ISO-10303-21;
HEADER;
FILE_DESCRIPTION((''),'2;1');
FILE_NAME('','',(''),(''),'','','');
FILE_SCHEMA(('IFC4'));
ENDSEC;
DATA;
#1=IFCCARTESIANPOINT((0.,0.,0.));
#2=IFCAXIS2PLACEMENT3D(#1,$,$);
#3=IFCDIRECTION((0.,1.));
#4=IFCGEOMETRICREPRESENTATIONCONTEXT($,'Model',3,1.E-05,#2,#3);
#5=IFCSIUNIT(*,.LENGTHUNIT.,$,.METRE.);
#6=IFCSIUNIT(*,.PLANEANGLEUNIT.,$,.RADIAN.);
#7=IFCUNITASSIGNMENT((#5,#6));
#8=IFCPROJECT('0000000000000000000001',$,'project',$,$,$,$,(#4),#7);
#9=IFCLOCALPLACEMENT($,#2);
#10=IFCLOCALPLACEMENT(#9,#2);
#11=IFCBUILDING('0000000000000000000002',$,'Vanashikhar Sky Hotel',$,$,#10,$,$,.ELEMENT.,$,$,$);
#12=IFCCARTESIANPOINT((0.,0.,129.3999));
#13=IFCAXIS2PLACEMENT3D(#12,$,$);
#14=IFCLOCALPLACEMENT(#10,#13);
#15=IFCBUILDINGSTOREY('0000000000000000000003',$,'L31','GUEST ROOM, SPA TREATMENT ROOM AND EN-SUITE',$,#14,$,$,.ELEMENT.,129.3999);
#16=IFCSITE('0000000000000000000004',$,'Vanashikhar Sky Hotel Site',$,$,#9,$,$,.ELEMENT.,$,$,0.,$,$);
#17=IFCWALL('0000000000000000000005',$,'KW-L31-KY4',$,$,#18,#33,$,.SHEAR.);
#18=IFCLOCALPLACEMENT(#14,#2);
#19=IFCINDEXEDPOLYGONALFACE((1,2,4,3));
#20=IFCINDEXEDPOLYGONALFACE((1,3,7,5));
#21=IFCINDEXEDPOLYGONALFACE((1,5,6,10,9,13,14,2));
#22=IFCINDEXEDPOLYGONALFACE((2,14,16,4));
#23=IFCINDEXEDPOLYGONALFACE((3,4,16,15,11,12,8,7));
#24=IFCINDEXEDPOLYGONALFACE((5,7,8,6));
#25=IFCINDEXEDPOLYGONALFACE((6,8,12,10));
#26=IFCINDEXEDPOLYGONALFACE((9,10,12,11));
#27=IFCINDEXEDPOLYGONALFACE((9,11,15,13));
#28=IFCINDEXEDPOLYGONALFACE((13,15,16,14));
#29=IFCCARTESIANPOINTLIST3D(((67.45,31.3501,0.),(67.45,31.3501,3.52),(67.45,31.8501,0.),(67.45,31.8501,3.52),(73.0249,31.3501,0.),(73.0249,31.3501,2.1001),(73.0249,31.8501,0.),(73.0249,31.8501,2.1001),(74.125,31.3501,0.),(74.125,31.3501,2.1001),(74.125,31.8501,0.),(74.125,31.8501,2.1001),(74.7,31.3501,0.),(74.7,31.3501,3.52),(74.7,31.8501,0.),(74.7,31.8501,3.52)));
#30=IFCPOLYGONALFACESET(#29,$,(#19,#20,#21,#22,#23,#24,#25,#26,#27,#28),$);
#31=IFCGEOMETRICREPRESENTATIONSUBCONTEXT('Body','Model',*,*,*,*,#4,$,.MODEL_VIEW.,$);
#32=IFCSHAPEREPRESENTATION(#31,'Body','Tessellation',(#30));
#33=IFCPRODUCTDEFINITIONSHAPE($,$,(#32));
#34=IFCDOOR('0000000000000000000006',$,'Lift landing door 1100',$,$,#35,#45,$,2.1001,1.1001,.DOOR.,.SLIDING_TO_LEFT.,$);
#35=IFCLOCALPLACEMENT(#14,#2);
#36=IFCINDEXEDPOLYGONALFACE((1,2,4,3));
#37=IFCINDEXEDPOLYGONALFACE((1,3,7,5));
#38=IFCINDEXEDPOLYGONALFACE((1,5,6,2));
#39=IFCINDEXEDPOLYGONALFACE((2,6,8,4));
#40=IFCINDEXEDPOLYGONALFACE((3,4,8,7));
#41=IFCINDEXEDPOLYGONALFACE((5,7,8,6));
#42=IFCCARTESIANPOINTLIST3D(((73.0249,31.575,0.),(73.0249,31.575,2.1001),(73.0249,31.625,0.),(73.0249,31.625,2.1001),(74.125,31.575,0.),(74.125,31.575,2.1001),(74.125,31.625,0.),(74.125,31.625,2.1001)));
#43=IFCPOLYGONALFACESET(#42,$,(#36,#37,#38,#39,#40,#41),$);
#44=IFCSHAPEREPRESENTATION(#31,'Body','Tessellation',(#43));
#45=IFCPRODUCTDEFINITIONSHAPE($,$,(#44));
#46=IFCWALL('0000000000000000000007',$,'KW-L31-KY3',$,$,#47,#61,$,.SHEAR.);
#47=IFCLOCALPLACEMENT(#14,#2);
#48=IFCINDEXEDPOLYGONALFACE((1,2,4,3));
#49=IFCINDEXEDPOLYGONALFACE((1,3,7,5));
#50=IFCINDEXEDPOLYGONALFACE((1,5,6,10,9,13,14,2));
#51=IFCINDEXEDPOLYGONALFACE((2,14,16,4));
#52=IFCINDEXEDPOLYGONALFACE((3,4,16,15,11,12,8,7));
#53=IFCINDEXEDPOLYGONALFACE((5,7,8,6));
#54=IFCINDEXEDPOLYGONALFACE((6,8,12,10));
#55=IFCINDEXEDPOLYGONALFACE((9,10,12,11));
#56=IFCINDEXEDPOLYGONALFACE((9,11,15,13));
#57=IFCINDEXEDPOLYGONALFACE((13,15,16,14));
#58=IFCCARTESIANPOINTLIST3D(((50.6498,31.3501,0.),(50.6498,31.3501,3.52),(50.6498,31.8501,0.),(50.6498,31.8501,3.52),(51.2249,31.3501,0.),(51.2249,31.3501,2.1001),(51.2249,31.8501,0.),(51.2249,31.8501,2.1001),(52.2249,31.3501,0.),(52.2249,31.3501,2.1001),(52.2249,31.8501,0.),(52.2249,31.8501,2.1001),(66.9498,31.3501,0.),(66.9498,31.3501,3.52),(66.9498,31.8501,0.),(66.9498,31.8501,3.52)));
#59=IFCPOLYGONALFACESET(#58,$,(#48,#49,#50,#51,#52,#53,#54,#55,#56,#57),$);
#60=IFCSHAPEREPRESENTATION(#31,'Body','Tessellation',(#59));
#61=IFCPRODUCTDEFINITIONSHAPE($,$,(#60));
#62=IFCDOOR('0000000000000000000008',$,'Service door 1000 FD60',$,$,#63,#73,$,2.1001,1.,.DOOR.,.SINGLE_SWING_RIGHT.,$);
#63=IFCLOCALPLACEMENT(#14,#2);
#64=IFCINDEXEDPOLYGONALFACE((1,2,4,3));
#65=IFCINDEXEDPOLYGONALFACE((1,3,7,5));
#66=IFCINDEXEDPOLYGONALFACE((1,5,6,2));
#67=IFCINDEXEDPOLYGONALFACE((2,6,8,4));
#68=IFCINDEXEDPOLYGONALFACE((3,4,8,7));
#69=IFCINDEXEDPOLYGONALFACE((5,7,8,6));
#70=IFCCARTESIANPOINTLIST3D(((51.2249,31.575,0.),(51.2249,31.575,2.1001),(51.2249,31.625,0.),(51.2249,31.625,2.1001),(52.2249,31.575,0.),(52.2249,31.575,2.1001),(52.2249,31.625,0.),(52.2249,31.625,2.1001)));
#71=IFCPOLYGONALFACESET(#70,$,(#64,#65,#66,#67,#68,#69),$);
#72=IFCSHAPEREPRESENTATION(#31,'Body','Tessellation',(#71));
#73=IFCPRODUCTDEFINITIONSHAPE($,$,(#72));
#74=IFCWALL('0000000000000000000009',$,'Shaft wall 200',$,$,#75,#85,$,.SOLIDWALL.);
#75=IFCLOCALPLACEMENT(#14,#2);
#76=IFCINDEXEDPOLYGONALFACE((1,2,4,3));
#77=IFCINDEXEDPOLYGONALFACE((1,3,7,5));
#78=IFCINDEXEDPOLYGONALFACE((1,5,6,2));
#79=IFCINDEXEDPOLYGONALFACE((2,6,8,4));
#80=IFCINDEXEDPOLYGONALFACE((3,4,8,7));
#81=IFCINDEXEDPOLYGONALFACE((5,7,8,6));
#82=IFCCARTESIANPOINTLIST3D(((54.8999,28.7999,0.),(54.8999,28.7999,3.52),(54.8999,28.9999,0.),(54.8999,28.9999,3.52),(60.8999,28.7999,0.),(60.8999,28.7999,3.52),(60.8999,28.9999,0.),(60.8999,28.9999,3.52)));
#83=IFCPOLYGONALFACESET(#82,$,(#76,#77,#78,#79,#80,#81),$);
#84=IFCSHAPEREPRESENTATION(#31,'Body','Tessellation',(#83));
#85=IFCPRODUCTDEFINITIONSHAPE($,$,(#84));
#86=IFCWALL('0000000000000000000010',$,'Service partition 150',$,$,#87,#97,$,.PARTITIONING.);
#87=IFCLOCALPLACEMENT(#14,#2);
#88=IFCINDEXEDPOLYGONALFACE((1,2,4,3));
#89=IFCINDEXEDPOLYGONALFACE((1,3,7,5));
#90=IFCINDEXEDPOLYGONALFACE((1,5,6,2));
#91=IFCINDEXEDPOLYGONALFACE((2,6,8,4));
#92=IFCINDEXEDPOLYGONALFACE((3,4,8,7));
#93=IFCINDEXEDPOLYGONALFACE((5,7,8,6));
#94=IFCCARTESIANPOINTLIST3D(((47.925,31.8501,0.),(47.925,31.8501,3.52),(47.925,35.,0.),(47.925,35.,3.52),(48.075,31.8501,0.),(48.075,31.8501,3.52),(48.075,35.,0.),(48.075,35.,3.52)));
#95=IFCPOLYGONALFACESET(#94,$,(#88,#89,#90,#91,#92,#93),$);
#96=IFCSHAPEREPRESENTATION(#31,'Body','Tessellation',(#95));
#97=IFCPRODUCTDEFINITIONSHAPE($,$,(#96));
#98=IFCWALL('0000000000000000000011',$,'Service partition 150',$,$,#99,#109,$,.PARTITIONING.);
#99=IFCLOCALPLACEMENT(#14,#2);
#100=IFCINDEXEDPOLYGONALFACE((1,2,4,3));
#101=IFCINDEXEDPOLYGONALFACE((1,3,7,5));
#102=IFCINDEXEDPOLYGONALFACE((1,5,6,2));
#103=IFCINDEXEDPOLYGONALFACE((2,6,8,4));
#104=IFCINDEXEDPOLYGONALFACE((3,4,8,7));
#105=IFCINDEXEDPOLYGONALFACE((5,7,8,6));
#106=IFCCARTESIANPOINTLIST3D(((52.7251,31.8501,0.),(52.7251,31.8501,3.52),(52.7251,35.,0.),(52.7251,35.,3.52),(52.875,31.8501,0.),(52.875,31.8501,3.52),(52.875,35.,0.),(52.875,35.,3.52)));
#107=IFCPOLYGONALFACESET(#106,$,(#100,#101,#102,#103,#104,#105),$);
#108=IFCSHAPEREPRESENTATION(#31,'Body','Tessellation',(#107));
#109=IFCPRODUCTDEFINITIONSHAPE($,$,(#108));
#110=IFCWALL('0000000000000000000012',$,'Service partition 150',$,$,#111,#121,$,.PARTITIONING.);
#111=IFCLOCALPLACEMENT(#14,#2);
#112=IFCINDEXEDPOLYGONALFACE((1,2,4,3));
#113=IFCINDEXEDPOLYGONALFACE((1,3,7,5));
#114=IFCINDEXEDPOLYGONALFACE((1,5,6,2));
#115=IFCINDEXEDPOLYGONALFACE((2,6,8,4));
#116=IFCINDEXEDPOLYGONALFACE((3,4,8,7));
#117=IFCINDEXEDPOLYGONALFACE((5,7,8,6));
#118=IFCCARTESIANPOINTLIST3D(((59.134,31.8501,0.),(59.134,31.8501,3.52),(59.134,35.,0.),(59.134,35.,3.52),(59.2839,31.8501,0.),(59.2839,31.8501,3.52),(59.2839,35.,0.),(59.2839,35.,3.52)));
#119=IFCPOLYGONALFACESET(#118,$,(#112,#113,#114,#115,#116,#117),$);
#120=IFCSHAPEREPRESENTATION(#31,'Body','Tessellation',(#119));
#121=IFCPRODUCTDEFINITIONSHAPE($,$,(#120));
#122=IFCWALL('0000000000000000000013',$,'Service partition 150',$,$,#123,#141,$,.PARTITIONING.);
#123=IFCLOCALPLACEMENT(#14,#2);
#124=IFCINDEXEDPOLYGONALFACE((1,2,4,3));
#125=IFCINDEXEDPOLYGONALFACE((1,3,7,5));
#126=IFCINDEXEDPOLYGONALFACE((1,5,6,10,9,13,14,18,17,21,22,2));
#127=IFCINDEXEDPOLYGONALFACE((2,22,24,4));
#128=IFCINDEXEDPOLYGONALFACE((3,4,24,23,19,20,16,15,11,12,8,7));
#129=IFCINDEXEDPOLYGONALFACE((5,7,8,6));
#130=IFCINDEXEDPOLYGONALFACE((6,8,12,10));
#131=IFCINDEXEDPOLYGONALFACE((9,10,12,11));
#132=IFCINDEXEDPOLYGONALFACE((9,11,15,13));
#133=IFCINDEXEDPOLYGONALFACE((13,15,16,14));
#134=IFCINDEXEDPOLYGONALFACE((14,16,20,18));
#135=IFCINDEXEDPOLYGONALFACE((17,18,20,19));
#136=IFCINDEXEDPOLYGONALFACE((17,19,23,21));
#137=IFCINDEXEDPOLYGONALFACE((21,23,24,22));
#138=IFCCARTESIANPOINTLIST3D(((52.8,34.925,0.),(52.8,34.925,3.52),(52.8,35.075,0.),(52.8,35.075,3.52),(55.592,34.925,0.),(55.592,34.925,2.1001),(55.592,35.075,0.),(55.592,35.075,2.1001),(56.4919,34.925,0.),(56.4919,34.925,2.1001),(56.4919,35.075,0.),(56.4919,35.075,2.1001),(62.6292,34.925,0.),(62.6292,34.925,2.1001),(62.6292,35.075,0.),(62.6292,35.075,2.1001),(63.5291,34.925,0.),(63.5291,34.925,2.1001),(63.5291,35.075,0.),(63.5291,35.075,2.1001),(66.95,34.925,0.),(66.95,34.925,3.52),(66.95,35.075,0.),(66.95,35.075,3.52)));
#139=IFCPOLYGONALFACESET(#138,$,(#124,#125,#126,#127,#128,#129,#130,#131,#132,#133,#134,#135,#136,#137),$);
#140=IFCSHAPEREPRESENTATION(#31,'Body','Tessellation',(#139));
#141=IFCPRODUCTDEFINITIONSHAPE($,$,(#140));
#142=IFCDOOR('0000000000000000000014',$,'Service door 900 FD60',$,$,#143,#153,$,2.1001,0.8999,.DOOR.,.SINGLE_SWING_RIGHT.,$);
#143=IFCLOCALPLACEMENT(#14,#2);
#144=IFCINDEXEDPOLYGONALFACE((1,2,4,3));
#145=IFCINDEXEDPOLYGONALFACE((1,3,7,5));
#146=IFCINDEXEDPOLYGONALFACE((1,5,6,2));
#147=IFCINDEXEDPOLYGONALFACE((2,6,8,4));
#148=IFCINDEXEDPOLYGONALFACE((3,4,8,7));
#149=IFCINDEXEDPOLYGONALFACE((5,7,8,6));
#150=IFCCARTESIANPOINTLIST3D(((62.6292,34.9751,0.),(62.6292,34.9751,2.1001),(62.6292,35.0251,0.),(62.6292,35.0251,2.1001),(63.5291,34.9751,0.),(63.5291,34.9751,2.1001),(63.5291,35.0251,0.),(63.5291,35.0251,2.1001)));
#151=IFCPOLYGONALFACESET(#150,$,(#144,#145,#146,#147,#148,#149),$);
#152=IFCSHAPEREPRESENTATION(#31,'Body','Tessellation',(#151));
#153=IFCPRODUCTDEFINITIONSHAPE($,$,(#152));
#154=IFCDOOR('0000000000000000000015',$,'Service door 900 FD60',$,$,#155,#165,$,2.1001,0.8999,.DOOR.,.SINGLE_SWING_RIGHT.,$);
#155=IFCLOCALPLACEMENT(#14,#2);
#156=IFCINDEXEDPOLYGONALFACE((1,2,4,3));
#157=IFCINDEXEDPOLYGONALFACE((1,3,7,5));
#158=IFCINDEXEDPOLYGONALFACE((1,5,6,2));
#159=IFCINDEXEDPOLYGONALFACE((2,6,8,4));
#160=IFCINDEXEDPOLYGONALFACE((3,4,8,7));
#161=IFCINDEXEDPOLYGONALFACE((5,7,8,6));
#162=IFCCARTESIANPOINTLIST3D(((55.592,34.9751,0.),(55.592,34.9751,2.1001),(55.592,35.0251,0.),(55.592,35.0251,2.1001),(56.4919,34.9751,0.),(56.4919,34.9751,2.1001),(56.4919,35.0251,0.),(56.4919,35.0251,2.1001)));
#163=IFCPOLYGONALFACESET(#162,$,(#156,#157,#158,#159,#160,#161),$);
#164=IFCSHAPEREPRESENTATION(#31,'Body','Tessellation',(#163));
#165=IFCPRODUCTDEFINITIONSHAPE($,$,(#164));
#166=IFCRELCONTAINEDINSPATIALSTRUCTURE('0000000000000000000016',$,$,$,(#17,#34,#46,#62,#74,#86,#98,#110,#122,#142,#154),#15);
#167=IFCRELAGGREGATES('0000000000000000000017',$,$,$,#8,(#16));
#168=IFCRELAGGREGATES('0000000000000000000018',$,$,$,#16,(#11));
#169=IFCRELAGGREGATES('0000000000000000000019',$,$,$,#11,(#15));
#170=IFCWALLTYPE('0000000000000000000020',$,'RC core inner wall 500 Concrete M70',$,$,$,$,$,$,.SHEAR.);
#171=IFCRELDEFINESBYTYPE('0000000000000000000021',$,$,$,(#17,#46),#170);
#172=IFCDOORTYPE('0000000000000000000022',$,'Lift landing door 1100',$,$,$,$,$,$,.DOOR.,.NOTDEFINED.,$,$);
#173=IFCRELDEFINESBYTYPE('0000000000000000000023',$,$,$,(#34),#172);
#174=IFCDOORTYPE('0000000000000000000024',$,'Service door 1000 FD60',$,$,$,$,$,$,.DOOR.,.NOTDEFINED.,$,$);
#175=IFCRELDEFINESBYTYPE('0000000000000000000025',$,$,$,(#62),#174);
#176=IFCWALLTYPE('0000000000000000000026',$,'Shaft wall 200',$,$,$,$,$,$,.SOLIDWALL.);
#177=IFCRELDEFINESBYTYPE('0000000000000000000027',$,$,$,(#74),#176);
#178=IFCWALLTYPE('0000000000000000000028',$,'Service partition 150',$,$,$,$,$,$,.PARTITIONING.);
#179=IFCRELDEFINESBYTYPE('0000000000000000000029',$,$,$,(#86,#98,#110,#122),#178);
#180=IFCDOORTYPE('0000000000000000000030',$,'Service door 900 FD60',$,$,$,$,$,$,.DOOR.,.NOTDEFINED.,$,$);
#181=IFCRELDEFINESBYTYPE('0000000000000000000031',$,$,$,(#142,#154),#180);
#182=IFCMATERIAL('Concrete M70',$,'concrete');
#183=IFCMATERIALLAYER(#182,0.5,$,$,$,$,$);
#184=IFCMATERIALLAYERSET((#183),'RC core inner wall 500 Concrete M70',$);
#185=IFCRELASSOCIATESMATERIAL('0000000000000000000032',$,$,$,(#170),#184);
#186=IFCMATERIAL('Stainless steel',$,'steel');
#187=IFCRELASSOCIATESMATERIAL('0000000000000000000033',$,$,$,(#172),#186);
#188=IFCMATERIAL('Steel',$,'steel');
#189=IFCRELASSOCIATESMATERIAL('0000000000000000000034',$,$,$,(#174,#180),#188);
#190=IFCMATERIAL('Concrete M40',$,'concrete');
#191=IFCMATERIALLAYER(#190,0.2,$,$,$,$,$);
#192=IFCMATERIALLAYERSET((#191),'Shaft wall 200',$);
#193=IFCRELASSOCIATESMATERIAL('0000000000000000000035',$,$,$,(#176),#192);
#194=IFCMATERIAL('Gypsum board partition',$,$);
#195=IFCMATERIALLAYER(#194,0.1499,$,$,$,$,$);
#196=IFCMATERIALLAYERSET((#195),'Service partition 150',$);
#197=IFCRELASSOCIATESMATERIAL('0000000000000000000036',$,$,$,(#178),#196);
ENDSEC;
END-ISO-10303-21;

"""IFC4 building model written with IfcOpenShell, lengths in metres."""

from ifc_helpers import new_model, si_unit, direction, frame, frame_2d, origin, place, context, subcontext, project, spatial, rectangle, extrude, source, transform, mapped, material, layer, layer_set, type_object, element, fill, save


model = new_model("IFC4")

# Units and contexts
model_context = context("Model", 3, precision=1e-05, world=origin(), true_north=direction((0.0, 1.0)))
body_context = subcontext(model_context, "Body", "Model", "MODEL_VIEW")
ifc_project = project(units=[si_unit("LENGTHUNIT", "METRE"), si_unit("PLANEANGLEUNIT", "RADIAN")], contexts=[model_context])

# Site, building, storey
site_placement = place(None, origin())
site = spatial("IfcSite", under=ifc_project, at=site_placement, Name="Vanashikhar Sky Hotel Site", CompositionType="ELEMENT", RefElevation=0.0)
building_placement = place(site_placement, origin())
building = spatial("IfcBuilding", under=site, at=building_placement, Name="Vanashikhar Sky Hotel", CompositionType="ELEMENT")
storey_placement = place(building_placement, frame((0.0, 0.0, 129.3999)))
storey = spatial("IfcBuildingStorey", under=building, at=storey_placement, Name="L31", Description="GUEST ROOM, SPA TREATMENT ROOM AND EN-SUITE", CompositionType="ELEMENT", Elevation=129.3999)

# Walls, openings, doors
ifc_material_1 = material(Name="Concrete M70", Category="concrete")
ifc_layer_1 = layer(ifc_material_1, 0.5)
ifc_layer_set_1 = layer_set([ifc_layer_1], Name="RC core inner wall 500 Concrete M70")
wall_type_1 = type_object("IfcWallType", Name="RC core inner wall 500 Concrete M70", PredefinedType="SHEAR", material=ifc_layer_set_1)
shared_shape_1 = source(origin(), body_context, "Body", "SweptSolid", [
    extrude(rectangle(XDim=7.25, YDim=0.5, at=frame_2d((3.625, 0.0))), origin(), (0.0, 0.0, 1.0), 3.52),
])
wall_1_placement = place(storey_placement, frame((67.45, 31.6001, 0.0), z_axis=(0.0, 0.0, 1.0), x_axis=(1.0, 0.0, 0.0)))
wall_1 = element("IfcWall", 1, at=wall_1_placement, inside=storey, type_object=wall_type_1, Name="KW-L31-KY4", PredefinedType="SHEAR", context=body_context, shape_type="MappedRepresentation", body=[
    mapped(shared_shape_1, transform((0.0, 0.0, 0.0), scale=1.0)),
])
shared_shape_2 = source(origin(), body_context, "Body", "SweptSolid", [
    extrude(rectangle(XDim=1.1001, YDim=2.1001, at=frame_2d((0.55, 1.05))), frame((0.0, 0.26, 0.0), z_axis=(0.0, -1.0, 0.0), x_axis=(1.0, 0.0, 0.0)), (0.0, 0.0, 1.0), 0.52),
])
opening_1_placement = place(wall_1_placement, frame((5.575, 0.0, 0.0)))
opening_1 = element("IfcOpeningElement", 2, at=opening_1_placement, cuts=wall_1, PredefinedType="OPENING", context=body_context, shape_type="MappedRepresentation", body=[
    mapped(shared_shape_2, transform((0.0, 0.0, 0.0), scale=1.0)),
])
ifc_material_2 = material(Name="Stainless steel", Category="steel")
door_type_1 = type_object("IfcDoorType", Name="Lift landing door 1100", OperationType="NOTDEFINED", PredefinedType="DOOR", material=ifc_material_2)
shared_shape_3 = source(origin(), body_context, "Body", "SweptSolid", [
    extrude(rectangle(XDim=1.1001, YDim=2.1001, at=frame_2d((0.55, 1.05))), frame((0.0, 0.0249, 0.0), z_axis=(0.0, -1.0, 0.0), x_axis=(1.0, 0.0, 0.0)), (0.0, 0.0, 1.0), 0.05),
])
door_1_placement = place(opening_1_placement, origin())
door_1 = element("IfcDoor", 3, at=door_1_placement, inside=storey, type_object=door_type_1, Name="Lift landing door 1100", OperationType="SLIDING_TO_LEFT", OverallHeight=2.1001, OverallWidth=1.1001, PredefinedType="DOOR", context=body_context, shape_type="MappedRepresentation", body=[
    mapped(shared_shape_3, transform((0.0, 0.0, 0.0), scale=1.0)),
])
fill(opening_1, door_1)
shared_shape_4 = source(origin(), body_context, "Body", "SweptSolid", [
    extrude(rectangle(XDim=16.3, YDim=0.5, at=frame_2d((8.1499, 0.0))), origin(), (0.0, 0.0, 1.0), 3.52),
])
wall_2_placement = place(storey_placement, frame((50.6499, 31.6001, 0.0), z_axis=(0.0, 0.0, 1.0), x_axis=(1.0, 0.0, 0.0)))
wall_2 = element("IfcWall", 4, at=wall_2_placement, inside=storey, type_object=wall_type_1, Name="KW-L31-KY3", PredefinedType="SHEAR", context=body_context, shape_type="MappedRepresentation", body=[
    mapped(shared_shape_4, transform((0.0, 0.0, 0.0), scale=1.0)),
])
shared_shape_5 = source(origin(), body_context, "Body", "SweptSolid", [
    extrude(rectangle(XDim=1.0, YDim=2.1001, at=frame_2d((0.5, 1.05))), frame((0.0, 0.26, 0.0), z_axis=(0.0, -1.0, 0.0), x_axis=(1.0, 0.0, 0.0)), (0.0, 0.0, 1.0), 0.52),
])
opening_2_placement = place(wall_2_placement, frame((0.575, 0.0, 0.0)))
opening_2 = element("IfcOpeningElement", 5, at=opening_2_placement, cuts=wall_2, PredefinedType="OPENING", context=body_context, shape_type="MappedRepresentation", body=[
    mapped(shared_shape_5, transform((0.0, 0.0, 0.0), scale=1.0)),
])
ifc_material_3 = material(Name="Steel", Category="steel")
door_type_2 = type_object("IfcDoorType", Name="Service door 1000 FD60", OperationType="NOTDEFINED", PredefinedType="DOOR", material=ifc_material_3)
shared_shape_6 = source(origin(), body_context, "Body", "SweptSolid", [
    extrude(rectangle(XDim=1.0, YDim=2.1001, at=frame_2d((0.5, 1.05))), frame((0.0, 0.0249, 0.0), z_axis=(0.0, -1.0, 0.0), x_axis=(1.0, 0.0, 0.0)), (0.0, 0.0, 1.0), 0.05),
])
door_2_placement = place(opening_2_placement, origin())
door_2 = element("IfcDoor", 6, at=door_2_placement, inside=storey, type_object=door_type_2, Name="Service door 1000 FD60", OperationType="SINGLE_SWING_RIGHT", OverallHeight=2.1001, OverallWidth=1.0, PredefinedType="DOOR", context=body_context, shape_type="MappedRepresentation", body=[
    mapped(shared_shape_6, transform((0.0, 0.0, 0.0), scale=1.0)),
])
fill(opening_2, door_2)

# Walls
ifc_material_4 = material(Name="Concrete M40", Category="concrete")
ifc_layer_2 = layer(ifc_material_4, 0.2)
ifc_layer_set_2 = layer_set([ifc_layer_2], Name="Shaft wall 200")
wall_type_2 = type_object("IfcWallType", Name="Shaft wall 200", PredefinedType="SOLIDWALL", material=ifc_layer_set_2)
shared_shape_7 = source(origin(), body_context, "Body", "SweptSolid", [
    extrude(rectangle(XDim=6.0, YDim=0.2, at=frame_2d((3.0, 0.0))), origin(), (0.0, 0.0, 1.0), 3.52),
])
wall_3_placement = place(storey_placement, frame((60.8999, 28.8999, 0.0), z_axis=(0.0, 0.0, 1.0), x_axis=(-1.0, 0.0, 0.0)))
element("IfcWall", 7, at=wall_3_placement, inside=storey, type_object=wall_type_2, Name="Shaft wall 200", PredefinedType="SOLIDWALL", context=body_context, shape_type="MappedRepresentation", body=[
    mapped(shared_shape_7, transform((0.0, 0.0, 0.0), scale=1.0)),
])
ifc_material_5 = material(Name="Gypsum board partition")
ifc_layer_3 = layer(ifc_material_5, 0.1499)
ifc_layer_set_3 = layer_set([ifc_layer_3], Name="Service partition 150")
wall_type_3 = type_object("IfcWallType", Name="Service partition 150", PredefinedType="PARTITIONING", material=ifc_layer_set_3)
shared_shape_8 = source(origin(), body_context, "Body", "SweptSolid", [
    extrude(rectangle(XDim=3.1499, YDim=0.1499, at=frame_2d((1.575, 0.0))), origin(), (0.0, 0.0, 1.0), 3.52),
])
for number, where, z_axis, x_axis, name in (
    (8, (48.0, 31.8501, 0.0), (0.0, 0.0, 1.0), (0.0, 1.0, 0.0), "Service partition 150"),
    (9, (52.8, 31.8501, 0.0), (0.0, 0.0, 1.0), (0.0, 1.0, 0.0), "Service partition 150"),
    (10, (59.209, 31.8501, 0.0), (0.0, 0.0, 1.0), (0.0, 1.0, 0.0), "Service partition 150"),
):
    element("IfcWall", number, at=place(storey_placement, frame(where, z_axis=z_axis, x_axis=x_axis)), inside=storey, type_object=wall_type_3, Name=name, PredefinedType="PARTITIONING", context=body_context, shape_type="MappedRepresentation", body=[
        mapped(shared_shape_8, transform((0.0, 0.0, 0.0), scale=1.0)),
    ])

# Wall, openings, doors
shared_shape_9 = source(origin(), body_context, "Body", "SweptSolid", [
    extrude(rectangle(XDim=14.1499, YDim=0.1499, at=frame_2d((7.075, 0.0))), origin(), (0.0, 0.0, 1.0), 3.52),
])
wall_4_placement = place(storey_placement, frame((66.95, 35.0, 0.0), z_axis=(0.0, 0.0, 1.0), x_axis=(-1.0, 0.0, 0.0)))
wall_4 = element("IfcWall", 11, at=wall_4_placement, inside=storey, type_object=wall_type_3, Name="Service partition 150", PredefinedType="PARTITIONING", context=body_context, shape_type="MappedRepresentation", body=[
    mapped(shared_shape_9, transform((0.0, 0.0, 0.0), scale=1.0)),
])
shared_shape_10 = source(origin(), body_context, "Body", "SweptSolid", [
    extrude(rectangle(XDim=0.8999, YDim=2.1001, at=frame_2d((0.45, 1.05))), frame((0.0, 0.085, 0.0), z_axis=(0.0, -1.0, 0.0), x_axis=(1.0, 0.0, 0.0)), (0.0, 0.0, 1.0), 0.1699),
])
opening_3_placement = place(wall_4_placement, frame((3.4209, 0.0, 0.0)))
opening_3 = element("IfcOpeningElement", 12, at=opening_3_placement, cuts=wall_4, PredefinedType="OPENING", context=body_context, shape_type="MappedRepresentation", body=[
    mapped(shared_shape_10, transform((0.0, 0.0, 0.0), scale=1.0)),
])
opening_4_placement = place(wall_4_placement, frame((10.458, 0.0, 0.0)))
opening_4 = element("IfcOpeningElement", 13, at=opening_4_placement, cuts=wall_4, PredefinedType="OPENING", context=body_context, shape_type="MappedRepresentation", body=[
    mapped(shared_shape_10, transform((0.0, 0.0, 0.0), scale=1.0)),
])
door_type_3 = type_object("IfcDoorType", Name="Service door 900 FD60", OperationType="NOTDEFINED", PredefinedType="DOOR", material=ifc_material_3)
shared_shape_11 = source(origin(), body_context, "Body", "SweptSolid", [
    extrude(rectangle(XDim=0.8999, YDim=2.1001, at=frame_2d((0.45, 1.05))), frame((0.0, 0.0249, 0.0), z_axis=(0.0, -1.0, 0.0), x_axis=(1.0, 0.0, 0.0)), (0.0, 0.0, 1.0), 0.05),
])
door_3_placement = place(opening_3_placement, origin())
door_3 = element("IfcDoor", 14, at=door_3_placement, inside=storey, type_object=door_type_3, Name="Service door 900 FD60", OperationType="SINGLE_SWING_RIGHT", OverallHeight=2.1001, OverallWidth=0.8999, PredefinedType="DOOR", context=body_context, shape_type="MappedRepresentation", body=[
    mapped(shared_shape_11, transform((0.0, 0.0, 0.0), scale=1.0)),
])
fill(opening_3, door_3)
door_4_placement = place(opening_4_placement, origin())
door_4 = element("IfcDoor", 15, at=door_4_placement, inside=storey, type_object=door_type_3, Name="Service door 900 FD60", OperationType="SINGLE_SWING_RIGHT", OverallHeight=2.1001, OverallWidth=0.8999, PredefinedType="DOOR", context=body_context, shape_type="MappedRepresentation", body=[
    mapped(shared_shape_11, transform((0.0, 0.0, 0.0), scale=1.0)),
])
fill(opening_4, door_4)

save(model, "model.ifc")
